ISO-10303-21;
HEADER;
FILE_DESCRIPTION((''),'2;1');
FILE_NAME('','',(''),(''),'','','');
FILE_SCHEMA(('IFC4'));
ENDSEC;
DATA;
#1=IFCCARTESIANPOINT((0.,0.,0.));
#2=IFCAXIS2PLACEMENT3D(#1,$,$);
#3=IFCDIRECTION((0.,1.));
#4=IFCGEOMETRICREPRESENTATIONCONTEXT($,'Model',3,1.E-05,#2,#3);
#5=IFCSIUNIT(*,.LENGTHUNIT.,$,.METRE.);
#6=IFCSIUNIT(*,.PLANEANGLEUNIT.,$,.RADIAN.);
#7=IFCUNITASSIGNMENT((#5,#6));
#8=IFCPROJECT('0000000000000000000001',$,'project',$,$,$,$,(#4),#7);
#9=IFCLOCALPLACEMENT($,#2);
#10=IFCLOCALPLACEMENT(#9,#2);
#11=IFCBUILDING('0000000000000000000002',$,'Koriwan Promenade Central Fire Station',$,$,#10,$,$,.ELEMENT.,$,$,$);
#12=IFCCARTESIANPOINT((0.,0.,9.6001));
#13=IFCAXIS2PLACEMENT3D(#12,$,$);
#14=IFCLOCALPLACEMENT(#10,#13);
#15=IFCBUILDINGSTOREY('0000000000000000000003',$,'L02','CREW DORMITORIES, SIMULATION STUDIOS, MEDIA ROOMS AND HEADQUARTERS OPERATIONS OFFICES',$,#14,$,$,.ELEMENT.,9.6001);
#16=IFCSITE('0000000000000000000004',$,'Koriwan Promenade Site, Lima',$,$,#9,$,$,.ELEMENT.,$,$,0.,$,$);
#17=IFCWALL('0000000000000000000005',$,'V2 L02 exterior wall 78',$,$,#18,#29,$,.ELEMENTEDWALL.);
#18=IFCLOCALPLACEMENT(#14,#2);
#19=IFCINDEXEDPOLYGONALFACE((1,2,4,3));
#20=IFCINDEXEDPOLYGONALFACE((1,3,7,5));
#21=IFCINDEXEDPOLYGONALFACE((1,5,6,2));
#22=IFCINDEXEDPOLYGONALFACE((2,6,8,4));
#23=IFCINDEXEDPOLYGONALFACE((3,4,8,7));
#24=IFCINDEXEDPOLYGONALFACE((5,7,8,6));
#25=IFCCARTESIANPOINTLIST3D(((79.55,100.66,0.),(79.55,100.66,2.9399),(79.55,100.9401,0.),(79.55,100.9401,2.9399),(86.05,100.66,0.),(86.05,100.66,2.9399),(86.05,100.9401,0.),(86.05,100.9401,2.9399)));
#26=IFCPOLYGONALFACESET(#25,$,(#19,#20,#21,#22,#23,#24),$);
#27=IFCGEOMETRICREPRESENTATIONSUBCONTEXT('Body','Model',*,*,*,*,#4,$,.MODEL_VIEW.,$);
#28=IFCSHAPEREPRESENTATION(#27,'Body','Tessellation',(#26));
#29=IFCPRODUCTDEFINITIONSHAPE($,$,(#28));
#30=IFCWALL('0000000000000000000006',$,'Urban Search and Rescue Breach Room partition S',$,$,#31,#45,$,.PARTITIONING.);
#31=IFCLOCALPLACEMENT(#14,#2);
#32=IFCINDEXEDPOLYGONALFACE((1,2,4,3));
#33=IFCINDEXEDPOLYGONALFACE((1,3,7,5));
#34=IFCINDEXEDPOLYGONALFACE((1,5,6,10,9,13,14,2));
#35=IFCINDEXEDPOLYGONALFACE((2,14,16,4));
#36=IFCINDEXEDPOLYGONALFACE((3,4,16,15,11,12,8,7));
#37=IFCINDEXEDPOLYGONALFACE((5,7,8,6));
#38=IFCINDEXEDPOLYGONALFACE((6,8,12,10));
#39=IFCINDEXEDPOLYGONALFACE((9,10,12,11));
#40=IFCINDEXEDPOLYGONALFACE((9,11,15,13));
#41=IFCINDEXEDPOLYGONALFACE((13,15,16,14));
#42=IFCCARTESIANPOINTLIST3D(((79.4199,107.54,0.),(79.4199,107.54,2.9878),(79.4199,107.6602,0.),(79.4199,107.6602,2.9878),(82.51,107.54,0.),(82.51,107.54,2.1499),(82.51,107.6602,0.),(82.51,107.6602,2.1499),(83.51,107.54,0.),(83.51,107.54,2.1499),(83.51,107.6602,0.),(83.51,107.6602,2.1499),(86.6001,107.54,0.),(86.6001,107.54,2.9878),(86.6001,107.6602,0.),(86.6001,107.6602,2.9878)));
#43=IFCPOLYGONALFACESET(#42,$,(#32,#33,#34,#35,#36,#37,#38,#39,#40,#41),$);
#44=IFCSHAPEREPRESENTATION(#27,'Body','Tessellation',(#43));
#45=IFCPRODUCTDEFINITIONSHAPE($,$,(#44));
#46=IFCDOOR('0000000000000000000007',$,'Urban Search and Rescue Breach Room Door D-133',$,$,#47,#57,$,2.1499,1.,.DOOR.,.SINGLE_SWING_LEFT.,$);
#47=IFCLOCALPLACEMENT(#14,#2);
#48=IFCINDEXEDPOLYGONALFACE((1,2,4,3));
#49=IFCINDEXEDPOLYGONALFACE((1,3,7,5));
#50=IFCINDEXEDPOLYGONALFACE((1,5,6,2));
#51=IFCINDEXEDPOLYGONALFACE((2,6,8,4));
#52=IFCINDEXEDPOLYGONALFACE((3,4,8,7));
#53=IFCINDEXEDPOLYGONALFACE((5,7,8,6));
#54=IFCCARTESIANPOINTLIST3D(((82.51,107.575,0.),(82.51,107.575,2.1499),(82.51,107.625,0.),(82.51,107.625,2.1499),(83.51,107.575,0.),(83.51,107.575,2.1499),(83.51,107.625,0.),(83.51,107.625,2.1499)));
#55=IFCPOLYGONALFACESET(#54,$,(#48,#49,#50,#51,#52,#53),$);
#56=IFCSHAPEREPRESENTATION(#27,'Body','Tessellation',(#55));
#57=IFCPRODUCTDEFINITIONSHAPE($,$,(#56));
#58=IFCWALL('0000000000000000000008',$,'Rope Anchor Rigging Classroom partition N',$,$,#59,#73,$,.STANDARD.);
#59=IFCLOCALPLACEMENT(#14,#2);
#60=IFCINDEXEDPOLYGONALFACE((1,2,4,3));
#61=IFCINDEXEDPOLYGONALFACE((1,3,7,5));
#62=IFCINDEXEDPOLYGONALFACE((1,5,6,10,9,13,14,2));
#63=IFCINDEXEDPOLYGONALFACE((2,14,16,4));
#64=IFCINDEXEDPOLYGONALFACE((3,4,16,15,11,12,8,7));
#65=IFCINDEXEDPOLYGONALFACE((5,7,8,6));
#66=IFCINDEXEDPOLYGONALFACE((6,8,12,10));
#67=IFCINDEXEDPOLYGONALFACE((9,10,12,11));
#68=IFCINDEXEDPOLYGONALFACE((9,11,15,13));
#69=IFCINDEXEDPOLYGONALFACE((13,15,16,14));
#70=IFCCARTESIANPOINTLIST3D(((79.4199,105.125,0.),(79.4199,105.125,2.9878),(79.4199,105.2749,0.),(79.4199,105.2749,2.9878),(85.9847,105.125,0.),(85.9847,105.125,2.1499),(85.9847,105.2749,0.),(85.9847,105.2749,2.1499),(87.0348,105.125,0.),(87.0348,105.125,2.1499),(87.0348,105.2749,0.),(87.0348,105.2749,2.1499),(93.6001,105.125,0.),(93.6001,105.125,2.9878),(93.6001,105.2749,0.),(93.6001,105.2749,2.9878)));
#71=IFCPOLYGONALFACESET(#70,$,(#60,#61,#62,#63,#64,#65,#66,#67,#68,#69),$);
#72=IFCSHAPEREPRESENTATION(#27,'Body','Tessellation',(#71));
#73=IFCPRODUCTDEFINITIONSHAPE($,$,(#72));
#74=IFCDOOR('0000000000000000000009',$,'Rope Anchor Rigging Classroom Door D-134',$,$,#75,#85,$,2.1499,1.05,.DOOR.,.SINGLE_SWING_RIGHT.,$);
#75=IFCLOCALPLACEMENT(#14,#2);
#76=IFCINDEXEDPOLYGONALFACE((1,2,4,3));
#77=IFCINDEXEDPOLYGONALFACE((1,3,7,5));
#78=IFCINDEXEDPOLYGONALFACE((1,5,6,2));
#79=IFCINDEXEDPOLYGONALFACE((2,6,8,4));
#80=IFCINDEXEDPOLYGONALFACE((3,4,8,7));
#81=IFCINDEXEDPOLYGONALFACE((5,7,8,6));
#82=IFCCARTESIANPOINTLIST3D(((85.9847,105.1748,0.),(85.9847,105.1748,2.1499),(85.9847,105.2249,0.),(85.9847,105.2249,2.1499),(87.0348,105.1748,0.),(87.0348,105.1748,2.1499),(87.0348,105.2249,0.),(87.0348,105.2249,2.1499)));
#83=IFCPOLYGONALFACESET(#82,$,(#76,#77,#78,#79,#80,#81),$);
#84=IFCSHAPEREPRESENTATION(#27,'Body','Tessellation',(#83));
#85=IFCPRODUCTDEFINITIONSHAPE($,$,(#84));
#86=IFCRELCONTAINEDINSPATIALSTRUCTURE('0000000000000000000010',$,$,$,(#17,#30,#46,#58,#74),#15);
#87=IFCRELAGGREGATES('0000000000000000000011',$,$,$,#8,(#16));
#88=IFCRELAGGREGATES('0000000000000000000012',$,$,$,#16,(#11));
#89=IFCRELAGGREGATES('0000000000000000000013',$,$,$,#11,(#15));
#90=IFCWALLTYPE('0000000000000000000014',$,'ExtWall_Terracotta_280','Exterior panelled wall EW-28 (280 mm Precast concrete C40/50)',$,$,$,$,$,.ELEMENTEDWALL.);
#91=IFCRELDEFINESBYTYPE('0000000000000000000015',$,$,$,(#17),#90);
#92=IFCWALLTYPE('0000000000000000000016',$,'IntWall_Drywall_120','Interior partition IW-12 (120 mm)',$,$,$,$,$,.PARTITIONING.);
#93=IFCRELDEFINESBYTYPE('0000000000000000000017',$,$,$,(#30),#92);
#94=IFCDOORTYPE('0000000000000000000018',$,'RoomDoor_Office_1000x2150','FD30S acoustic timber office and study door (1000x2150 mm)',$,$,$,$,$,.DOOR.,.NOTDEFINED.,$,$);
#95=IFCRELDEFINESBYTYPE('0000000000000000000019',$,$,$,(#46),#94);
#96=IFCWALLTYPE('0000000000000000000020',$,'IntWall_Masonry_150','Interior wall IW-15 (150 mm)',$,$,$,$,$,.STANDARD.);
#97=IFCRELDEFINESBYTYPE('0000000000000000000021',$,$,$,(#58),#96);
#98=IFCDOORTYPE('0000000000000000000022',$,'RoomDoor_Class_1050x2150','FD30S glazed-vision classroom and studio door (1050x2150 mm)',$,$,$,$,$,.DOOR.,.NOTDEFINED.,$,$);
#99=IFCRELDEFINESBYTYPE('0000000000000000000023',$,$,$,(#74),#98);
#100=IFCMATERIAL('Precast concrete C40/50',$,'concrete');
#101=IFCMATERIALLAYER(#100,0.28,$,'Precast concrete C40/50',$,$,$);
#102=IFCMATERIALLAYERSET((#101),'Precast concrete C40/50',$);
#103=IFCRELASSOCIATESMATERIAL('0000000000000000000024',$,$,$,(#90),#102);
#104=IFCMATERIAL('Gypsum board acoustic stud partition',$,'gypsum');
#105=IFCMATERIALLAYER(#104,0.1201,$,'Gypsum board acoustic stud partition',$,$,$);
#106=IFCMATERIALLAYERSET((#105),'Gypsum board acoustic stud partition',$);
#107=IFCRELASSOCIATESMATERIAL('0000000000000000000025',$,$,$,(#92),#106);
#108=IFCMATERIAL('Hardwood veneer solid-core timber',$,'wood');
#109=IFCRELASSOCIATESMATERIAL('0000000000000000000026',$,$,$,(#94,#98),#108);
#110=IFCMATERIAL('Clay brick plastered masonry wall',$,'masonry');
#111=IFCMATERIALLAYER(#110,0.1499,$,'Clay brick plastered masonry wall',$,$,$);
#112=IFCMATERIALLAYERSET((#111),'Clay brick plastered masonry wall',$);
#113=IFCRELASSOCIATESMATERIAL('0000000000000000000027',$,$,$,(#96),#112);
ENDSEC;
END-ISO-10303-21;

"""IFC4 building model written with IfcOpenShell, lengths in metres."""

from ifc_helpers import new_model, si_unit, direction, frame, frame_2d, origin, place, context, subcontext, project, spatial, rectangle, extrude, material, layer, layer_set, type_object, element, fill, save


model = new_model("IFC4")

# Units and contexts
model_context = context("Model", 3, precision=1e-05, world=origin(), true_north=direction((0.0, 1.0)))
body_context = subcontext(model_context, "Body", "Model", "MODEL_VIEW")
ifc_project = project(units=[si_unit("LENGTHUNIT", "METRE"), si_unit("PLANEANGLEUNIT", "RADIAN")], contexts=[model_context])

# Site, building, storey
site_placement = place(None, origin())
site = spatial("IfcSite", under=ifc_project, at=site_placement, Name="Koriwan Promenade Site, Lima", CompositionType="ELEMENT", RefElevation=0.0)
building_placement = place(site_placement, origin())
building = spatial("IfcBuilding", under=site, at=building_placement, Name="Koriwan Promenade Central Fire Station", CompositionType="ELEMENT")
storey_placement = place(building_placement, frame((0.0, 0.0, 9.6001)))
storey = spatial("IfcBuildingStorey", under=building, at=storey_placement, Name="L02", Description="CREW DORMITORIES, SIMULATION STUDIOS, MEDIA ROOMS AND HEADQUARTERS OPERATIONS OFFICES", CompositionType="ELEMENT", Elevation=9.6001)

# Shared definitions
ifc_material_1 = material(Name="Precast concrete C40/50", Category="concrete")
ifc_layer_1 = layer(ifc_material_1, 0.28, Name="Precast concrete C40/50")
ifc_layer_set_1 = layer_set([ifc_layer_1], Name="Precast concrete C40/50")
wall_type_1 = type_object("IfcWallType", Name="ExtWall_Terracotta_280", Description="Exterior panelled wall EW-28 (280 mm Precast concrete C40/50)", PredefinedType="ELEMENTEDWALL", material=ifc_layer_set_1)

# Wall
wall_1_placement = place(storey_placement, frame((79.55, 100.8, 0.0), z_axis=(0.0, 0.0, 1.0), x_axis=(1.0, 0.0, 0.0)))
element("IfcWall", 1, at=wall_1_placement, inside=storey, type_object=wall_type_1, Name="V2 L02 exterior wall 78", PredefinedType="ELEMENTEDWALL", context=body_context, shape_type="SweptSolid", body=[
    extrude(rectangle(XDim=6.5, YDim=0.28, at=frame_2d((3.25, 0.0))), origin(), (0.0, 0.0, 1.0), 2.9399),
])

# Walls, openings, doors
ifc_material_2 = material(Name="Gypsum board acoustic stud partition", Category="gypsum")
ifc_layer_2 = layer(ifc_material_2, 0.1201, Name="Gypsum board acoustic stud partition")
ifc_layer_set_2 = layer_set([ifc_layer_2], Name="Gypsum board acoustic stud partition")
wall_type_2 = type_object("IfcWallType", Name="IntWall_Drywall_120", Description="Interior partition IW-12 (120 mm)", PredefinedType="PARTITIONING", material=ifc_layer_set_2)
wall_2_placement = place(storey_placement, frame((79.4199, 107.6001, 0.0), z_axis=(0.0, 0.0, 1.0), x_axis=(1.0, 0.0, 0.0)))
wall_2 = element("IfcWall", 2, at=wall_2_placement, inside=storey, type_object=wall_type_2, Name="Urban Search and Rescue Breach Room partition S", PredefinedType="PARTITIONING", context=body_context, shape_type="SweptSolid", body=[
    extrude(rectangle(XDim=7.1802, YDim=0.1201, at=frame_2d((3.5901, 0.0))), origin(), (0.0, 0.0, 1.0), 2.9878),
])
opening_1_placement = place(wall_2_placement, frame((3.0901, 0.0, 0.0)))
opening_1 = element("IfcOpeningElement", 3, at=opening_1_placement, cuts=wall_2, PredefinedType="OPENING", context=body_context, shape_type="SweptSolid", body=[
    extrude(rectangle(XDim=1.0, YDim=2.1499, at=frame_2d((0.5, 1.075))), frame((0.0, 0.072, 0.0), z_axis=(0.0, -1.0, 0.0), x_axis=(1.0, 0.0, 0.0)), (0.0, 0.0, 1.0), 0.144),
])
ifc_material_3 = material(Name="Hardwood veneer solid-core timber", Category="wood")
door_type_1 = type_object("IfcDoorType", Name="RoomDoor_Office_1000x2150", Description="FD30S acoustic timber office and study door (1000x2150 mm)", OperationType="NOTDEFINED", PredefinedType="DOOR", material=ifc_material_3)
door_1_placement = place(opening_1_placement, origin())
door_1 = element("IfcDoor", 4, at=door_1_placement, inside=storey, type_object=door_type_1, Name="Urban Search and Rescue Breach Room Door D-133", OperationType="SINGLE_SWING_LEFT", OverallHeight=2.1499, OverallWidth=1.0, PredefinedType="DOOR", context=body_context, shape_type="SweptSolid", body=[
    extrude(rectangle(XDim=1.0, YDim=2.1499, at=frame_2d((0.5, 1.075))), frame((0.0, 0.0249, 0.0), z_axis=(0.0, -1.0, 0.0), x_axis=(1.0, 0.0, 0.0)), (0.0, 0.0, 1.0), 0.05),
])
fill(opening_1, door_1)
ifc_material_4 = material(Name="Clay brick plastered masonry wall", Category="masonry")
ifc_layer_3 = layer(ifc_material_4, 0.1499, Name="Clay brick plastered masonry wall")
ifc_layer_set_3 = layer_set([ifc_layer_3], Name="Clay brick plastered masonry wall")
wall_type_3 = type_object("IfcWallType", Name="IntWall_Masonry_150", Description="Interior wall IW-15 (150 mm)", PredefinedType="STANDARD", material=ifc_layer_set_3)
wall_3_placement = place(storey_placement, frame((79.4199, 105.2, 0.0), z_axis=(0.0, 0.0, 1.0), x_axis=(1.0, 0.0, 0.0)))
wall_3 = element("IfcWall", 5, at=wall_3_placement, inside=storey, type_object=wall_type_3, Name="Rope Anchor Rigging Classroom partition N", PredefinedType="STANDARD", context=body_context, shape_type="SweptSolid", body=[
    extrude(rectangle(XDim=14.1802, YDim=0.1499, at=frame_2d((7.0901, 0.0))), origin(), (0.0, 0.0, 1.0), 2.9878),
])
opening_2_placement = place(wall_3_placement, frame((6.5649, 0.0, 0.0)))
opening_2 = element("IfcOpeningElement", 6, at=opening_2_placement, cuts=wall_3, PredefinedType="OPENING", context=body_context, shape_type="SweptSolid", body=[
    extrude(rectangle(XDim=1.05, YDim=2.1499, at=frame_2d((0.5249, 1.075))), frame((0.0, 0.0869, 0.0), z_axis=(0.0, -1.0, 0.0), x_axis=(1.0, 0.0, 0.0)), (0.0, 0.0, 1.0), 0.1738),
])
door_type_2 = type_object("IfcDoorType", Name="RoomDoor_Class_1050x2150", Description="FD30S glazed-vision classroom and studio door (1050x2150 mm)", OperationType="NOTDEFINED", PredefinedType="DOOR", material=ifc_material_3)
door_2_placement = place(opening_2_placement, origin())
door_2 = element("IfcDoor", 7, at=door_2_placement, inside=storey, type_object=door_type_2, Name="Rope Anchor Rigging Classroom Door D-134", OperationType="SINGLE_SWING_RIGHT", OverallHeight=2.1499, OverallWidth=1.05, PredefinedType="DOOR", context=body_context, shape_type="SweptSolid", body=[
    extrude(rectangle(XDim=1.05, YDim=2.1499, at=frame_2d((0.5249, 1.075))), frame((0.0, 0.0249, 0.0), z_axis=(0.0, -1.0, 0.0), x_axis=(1.0, 0.0, 0.0)), (0.0, 0.0, 1.0), 0.05),
])
fill(opening_2, door_2)

save(model, "model.ifc")
